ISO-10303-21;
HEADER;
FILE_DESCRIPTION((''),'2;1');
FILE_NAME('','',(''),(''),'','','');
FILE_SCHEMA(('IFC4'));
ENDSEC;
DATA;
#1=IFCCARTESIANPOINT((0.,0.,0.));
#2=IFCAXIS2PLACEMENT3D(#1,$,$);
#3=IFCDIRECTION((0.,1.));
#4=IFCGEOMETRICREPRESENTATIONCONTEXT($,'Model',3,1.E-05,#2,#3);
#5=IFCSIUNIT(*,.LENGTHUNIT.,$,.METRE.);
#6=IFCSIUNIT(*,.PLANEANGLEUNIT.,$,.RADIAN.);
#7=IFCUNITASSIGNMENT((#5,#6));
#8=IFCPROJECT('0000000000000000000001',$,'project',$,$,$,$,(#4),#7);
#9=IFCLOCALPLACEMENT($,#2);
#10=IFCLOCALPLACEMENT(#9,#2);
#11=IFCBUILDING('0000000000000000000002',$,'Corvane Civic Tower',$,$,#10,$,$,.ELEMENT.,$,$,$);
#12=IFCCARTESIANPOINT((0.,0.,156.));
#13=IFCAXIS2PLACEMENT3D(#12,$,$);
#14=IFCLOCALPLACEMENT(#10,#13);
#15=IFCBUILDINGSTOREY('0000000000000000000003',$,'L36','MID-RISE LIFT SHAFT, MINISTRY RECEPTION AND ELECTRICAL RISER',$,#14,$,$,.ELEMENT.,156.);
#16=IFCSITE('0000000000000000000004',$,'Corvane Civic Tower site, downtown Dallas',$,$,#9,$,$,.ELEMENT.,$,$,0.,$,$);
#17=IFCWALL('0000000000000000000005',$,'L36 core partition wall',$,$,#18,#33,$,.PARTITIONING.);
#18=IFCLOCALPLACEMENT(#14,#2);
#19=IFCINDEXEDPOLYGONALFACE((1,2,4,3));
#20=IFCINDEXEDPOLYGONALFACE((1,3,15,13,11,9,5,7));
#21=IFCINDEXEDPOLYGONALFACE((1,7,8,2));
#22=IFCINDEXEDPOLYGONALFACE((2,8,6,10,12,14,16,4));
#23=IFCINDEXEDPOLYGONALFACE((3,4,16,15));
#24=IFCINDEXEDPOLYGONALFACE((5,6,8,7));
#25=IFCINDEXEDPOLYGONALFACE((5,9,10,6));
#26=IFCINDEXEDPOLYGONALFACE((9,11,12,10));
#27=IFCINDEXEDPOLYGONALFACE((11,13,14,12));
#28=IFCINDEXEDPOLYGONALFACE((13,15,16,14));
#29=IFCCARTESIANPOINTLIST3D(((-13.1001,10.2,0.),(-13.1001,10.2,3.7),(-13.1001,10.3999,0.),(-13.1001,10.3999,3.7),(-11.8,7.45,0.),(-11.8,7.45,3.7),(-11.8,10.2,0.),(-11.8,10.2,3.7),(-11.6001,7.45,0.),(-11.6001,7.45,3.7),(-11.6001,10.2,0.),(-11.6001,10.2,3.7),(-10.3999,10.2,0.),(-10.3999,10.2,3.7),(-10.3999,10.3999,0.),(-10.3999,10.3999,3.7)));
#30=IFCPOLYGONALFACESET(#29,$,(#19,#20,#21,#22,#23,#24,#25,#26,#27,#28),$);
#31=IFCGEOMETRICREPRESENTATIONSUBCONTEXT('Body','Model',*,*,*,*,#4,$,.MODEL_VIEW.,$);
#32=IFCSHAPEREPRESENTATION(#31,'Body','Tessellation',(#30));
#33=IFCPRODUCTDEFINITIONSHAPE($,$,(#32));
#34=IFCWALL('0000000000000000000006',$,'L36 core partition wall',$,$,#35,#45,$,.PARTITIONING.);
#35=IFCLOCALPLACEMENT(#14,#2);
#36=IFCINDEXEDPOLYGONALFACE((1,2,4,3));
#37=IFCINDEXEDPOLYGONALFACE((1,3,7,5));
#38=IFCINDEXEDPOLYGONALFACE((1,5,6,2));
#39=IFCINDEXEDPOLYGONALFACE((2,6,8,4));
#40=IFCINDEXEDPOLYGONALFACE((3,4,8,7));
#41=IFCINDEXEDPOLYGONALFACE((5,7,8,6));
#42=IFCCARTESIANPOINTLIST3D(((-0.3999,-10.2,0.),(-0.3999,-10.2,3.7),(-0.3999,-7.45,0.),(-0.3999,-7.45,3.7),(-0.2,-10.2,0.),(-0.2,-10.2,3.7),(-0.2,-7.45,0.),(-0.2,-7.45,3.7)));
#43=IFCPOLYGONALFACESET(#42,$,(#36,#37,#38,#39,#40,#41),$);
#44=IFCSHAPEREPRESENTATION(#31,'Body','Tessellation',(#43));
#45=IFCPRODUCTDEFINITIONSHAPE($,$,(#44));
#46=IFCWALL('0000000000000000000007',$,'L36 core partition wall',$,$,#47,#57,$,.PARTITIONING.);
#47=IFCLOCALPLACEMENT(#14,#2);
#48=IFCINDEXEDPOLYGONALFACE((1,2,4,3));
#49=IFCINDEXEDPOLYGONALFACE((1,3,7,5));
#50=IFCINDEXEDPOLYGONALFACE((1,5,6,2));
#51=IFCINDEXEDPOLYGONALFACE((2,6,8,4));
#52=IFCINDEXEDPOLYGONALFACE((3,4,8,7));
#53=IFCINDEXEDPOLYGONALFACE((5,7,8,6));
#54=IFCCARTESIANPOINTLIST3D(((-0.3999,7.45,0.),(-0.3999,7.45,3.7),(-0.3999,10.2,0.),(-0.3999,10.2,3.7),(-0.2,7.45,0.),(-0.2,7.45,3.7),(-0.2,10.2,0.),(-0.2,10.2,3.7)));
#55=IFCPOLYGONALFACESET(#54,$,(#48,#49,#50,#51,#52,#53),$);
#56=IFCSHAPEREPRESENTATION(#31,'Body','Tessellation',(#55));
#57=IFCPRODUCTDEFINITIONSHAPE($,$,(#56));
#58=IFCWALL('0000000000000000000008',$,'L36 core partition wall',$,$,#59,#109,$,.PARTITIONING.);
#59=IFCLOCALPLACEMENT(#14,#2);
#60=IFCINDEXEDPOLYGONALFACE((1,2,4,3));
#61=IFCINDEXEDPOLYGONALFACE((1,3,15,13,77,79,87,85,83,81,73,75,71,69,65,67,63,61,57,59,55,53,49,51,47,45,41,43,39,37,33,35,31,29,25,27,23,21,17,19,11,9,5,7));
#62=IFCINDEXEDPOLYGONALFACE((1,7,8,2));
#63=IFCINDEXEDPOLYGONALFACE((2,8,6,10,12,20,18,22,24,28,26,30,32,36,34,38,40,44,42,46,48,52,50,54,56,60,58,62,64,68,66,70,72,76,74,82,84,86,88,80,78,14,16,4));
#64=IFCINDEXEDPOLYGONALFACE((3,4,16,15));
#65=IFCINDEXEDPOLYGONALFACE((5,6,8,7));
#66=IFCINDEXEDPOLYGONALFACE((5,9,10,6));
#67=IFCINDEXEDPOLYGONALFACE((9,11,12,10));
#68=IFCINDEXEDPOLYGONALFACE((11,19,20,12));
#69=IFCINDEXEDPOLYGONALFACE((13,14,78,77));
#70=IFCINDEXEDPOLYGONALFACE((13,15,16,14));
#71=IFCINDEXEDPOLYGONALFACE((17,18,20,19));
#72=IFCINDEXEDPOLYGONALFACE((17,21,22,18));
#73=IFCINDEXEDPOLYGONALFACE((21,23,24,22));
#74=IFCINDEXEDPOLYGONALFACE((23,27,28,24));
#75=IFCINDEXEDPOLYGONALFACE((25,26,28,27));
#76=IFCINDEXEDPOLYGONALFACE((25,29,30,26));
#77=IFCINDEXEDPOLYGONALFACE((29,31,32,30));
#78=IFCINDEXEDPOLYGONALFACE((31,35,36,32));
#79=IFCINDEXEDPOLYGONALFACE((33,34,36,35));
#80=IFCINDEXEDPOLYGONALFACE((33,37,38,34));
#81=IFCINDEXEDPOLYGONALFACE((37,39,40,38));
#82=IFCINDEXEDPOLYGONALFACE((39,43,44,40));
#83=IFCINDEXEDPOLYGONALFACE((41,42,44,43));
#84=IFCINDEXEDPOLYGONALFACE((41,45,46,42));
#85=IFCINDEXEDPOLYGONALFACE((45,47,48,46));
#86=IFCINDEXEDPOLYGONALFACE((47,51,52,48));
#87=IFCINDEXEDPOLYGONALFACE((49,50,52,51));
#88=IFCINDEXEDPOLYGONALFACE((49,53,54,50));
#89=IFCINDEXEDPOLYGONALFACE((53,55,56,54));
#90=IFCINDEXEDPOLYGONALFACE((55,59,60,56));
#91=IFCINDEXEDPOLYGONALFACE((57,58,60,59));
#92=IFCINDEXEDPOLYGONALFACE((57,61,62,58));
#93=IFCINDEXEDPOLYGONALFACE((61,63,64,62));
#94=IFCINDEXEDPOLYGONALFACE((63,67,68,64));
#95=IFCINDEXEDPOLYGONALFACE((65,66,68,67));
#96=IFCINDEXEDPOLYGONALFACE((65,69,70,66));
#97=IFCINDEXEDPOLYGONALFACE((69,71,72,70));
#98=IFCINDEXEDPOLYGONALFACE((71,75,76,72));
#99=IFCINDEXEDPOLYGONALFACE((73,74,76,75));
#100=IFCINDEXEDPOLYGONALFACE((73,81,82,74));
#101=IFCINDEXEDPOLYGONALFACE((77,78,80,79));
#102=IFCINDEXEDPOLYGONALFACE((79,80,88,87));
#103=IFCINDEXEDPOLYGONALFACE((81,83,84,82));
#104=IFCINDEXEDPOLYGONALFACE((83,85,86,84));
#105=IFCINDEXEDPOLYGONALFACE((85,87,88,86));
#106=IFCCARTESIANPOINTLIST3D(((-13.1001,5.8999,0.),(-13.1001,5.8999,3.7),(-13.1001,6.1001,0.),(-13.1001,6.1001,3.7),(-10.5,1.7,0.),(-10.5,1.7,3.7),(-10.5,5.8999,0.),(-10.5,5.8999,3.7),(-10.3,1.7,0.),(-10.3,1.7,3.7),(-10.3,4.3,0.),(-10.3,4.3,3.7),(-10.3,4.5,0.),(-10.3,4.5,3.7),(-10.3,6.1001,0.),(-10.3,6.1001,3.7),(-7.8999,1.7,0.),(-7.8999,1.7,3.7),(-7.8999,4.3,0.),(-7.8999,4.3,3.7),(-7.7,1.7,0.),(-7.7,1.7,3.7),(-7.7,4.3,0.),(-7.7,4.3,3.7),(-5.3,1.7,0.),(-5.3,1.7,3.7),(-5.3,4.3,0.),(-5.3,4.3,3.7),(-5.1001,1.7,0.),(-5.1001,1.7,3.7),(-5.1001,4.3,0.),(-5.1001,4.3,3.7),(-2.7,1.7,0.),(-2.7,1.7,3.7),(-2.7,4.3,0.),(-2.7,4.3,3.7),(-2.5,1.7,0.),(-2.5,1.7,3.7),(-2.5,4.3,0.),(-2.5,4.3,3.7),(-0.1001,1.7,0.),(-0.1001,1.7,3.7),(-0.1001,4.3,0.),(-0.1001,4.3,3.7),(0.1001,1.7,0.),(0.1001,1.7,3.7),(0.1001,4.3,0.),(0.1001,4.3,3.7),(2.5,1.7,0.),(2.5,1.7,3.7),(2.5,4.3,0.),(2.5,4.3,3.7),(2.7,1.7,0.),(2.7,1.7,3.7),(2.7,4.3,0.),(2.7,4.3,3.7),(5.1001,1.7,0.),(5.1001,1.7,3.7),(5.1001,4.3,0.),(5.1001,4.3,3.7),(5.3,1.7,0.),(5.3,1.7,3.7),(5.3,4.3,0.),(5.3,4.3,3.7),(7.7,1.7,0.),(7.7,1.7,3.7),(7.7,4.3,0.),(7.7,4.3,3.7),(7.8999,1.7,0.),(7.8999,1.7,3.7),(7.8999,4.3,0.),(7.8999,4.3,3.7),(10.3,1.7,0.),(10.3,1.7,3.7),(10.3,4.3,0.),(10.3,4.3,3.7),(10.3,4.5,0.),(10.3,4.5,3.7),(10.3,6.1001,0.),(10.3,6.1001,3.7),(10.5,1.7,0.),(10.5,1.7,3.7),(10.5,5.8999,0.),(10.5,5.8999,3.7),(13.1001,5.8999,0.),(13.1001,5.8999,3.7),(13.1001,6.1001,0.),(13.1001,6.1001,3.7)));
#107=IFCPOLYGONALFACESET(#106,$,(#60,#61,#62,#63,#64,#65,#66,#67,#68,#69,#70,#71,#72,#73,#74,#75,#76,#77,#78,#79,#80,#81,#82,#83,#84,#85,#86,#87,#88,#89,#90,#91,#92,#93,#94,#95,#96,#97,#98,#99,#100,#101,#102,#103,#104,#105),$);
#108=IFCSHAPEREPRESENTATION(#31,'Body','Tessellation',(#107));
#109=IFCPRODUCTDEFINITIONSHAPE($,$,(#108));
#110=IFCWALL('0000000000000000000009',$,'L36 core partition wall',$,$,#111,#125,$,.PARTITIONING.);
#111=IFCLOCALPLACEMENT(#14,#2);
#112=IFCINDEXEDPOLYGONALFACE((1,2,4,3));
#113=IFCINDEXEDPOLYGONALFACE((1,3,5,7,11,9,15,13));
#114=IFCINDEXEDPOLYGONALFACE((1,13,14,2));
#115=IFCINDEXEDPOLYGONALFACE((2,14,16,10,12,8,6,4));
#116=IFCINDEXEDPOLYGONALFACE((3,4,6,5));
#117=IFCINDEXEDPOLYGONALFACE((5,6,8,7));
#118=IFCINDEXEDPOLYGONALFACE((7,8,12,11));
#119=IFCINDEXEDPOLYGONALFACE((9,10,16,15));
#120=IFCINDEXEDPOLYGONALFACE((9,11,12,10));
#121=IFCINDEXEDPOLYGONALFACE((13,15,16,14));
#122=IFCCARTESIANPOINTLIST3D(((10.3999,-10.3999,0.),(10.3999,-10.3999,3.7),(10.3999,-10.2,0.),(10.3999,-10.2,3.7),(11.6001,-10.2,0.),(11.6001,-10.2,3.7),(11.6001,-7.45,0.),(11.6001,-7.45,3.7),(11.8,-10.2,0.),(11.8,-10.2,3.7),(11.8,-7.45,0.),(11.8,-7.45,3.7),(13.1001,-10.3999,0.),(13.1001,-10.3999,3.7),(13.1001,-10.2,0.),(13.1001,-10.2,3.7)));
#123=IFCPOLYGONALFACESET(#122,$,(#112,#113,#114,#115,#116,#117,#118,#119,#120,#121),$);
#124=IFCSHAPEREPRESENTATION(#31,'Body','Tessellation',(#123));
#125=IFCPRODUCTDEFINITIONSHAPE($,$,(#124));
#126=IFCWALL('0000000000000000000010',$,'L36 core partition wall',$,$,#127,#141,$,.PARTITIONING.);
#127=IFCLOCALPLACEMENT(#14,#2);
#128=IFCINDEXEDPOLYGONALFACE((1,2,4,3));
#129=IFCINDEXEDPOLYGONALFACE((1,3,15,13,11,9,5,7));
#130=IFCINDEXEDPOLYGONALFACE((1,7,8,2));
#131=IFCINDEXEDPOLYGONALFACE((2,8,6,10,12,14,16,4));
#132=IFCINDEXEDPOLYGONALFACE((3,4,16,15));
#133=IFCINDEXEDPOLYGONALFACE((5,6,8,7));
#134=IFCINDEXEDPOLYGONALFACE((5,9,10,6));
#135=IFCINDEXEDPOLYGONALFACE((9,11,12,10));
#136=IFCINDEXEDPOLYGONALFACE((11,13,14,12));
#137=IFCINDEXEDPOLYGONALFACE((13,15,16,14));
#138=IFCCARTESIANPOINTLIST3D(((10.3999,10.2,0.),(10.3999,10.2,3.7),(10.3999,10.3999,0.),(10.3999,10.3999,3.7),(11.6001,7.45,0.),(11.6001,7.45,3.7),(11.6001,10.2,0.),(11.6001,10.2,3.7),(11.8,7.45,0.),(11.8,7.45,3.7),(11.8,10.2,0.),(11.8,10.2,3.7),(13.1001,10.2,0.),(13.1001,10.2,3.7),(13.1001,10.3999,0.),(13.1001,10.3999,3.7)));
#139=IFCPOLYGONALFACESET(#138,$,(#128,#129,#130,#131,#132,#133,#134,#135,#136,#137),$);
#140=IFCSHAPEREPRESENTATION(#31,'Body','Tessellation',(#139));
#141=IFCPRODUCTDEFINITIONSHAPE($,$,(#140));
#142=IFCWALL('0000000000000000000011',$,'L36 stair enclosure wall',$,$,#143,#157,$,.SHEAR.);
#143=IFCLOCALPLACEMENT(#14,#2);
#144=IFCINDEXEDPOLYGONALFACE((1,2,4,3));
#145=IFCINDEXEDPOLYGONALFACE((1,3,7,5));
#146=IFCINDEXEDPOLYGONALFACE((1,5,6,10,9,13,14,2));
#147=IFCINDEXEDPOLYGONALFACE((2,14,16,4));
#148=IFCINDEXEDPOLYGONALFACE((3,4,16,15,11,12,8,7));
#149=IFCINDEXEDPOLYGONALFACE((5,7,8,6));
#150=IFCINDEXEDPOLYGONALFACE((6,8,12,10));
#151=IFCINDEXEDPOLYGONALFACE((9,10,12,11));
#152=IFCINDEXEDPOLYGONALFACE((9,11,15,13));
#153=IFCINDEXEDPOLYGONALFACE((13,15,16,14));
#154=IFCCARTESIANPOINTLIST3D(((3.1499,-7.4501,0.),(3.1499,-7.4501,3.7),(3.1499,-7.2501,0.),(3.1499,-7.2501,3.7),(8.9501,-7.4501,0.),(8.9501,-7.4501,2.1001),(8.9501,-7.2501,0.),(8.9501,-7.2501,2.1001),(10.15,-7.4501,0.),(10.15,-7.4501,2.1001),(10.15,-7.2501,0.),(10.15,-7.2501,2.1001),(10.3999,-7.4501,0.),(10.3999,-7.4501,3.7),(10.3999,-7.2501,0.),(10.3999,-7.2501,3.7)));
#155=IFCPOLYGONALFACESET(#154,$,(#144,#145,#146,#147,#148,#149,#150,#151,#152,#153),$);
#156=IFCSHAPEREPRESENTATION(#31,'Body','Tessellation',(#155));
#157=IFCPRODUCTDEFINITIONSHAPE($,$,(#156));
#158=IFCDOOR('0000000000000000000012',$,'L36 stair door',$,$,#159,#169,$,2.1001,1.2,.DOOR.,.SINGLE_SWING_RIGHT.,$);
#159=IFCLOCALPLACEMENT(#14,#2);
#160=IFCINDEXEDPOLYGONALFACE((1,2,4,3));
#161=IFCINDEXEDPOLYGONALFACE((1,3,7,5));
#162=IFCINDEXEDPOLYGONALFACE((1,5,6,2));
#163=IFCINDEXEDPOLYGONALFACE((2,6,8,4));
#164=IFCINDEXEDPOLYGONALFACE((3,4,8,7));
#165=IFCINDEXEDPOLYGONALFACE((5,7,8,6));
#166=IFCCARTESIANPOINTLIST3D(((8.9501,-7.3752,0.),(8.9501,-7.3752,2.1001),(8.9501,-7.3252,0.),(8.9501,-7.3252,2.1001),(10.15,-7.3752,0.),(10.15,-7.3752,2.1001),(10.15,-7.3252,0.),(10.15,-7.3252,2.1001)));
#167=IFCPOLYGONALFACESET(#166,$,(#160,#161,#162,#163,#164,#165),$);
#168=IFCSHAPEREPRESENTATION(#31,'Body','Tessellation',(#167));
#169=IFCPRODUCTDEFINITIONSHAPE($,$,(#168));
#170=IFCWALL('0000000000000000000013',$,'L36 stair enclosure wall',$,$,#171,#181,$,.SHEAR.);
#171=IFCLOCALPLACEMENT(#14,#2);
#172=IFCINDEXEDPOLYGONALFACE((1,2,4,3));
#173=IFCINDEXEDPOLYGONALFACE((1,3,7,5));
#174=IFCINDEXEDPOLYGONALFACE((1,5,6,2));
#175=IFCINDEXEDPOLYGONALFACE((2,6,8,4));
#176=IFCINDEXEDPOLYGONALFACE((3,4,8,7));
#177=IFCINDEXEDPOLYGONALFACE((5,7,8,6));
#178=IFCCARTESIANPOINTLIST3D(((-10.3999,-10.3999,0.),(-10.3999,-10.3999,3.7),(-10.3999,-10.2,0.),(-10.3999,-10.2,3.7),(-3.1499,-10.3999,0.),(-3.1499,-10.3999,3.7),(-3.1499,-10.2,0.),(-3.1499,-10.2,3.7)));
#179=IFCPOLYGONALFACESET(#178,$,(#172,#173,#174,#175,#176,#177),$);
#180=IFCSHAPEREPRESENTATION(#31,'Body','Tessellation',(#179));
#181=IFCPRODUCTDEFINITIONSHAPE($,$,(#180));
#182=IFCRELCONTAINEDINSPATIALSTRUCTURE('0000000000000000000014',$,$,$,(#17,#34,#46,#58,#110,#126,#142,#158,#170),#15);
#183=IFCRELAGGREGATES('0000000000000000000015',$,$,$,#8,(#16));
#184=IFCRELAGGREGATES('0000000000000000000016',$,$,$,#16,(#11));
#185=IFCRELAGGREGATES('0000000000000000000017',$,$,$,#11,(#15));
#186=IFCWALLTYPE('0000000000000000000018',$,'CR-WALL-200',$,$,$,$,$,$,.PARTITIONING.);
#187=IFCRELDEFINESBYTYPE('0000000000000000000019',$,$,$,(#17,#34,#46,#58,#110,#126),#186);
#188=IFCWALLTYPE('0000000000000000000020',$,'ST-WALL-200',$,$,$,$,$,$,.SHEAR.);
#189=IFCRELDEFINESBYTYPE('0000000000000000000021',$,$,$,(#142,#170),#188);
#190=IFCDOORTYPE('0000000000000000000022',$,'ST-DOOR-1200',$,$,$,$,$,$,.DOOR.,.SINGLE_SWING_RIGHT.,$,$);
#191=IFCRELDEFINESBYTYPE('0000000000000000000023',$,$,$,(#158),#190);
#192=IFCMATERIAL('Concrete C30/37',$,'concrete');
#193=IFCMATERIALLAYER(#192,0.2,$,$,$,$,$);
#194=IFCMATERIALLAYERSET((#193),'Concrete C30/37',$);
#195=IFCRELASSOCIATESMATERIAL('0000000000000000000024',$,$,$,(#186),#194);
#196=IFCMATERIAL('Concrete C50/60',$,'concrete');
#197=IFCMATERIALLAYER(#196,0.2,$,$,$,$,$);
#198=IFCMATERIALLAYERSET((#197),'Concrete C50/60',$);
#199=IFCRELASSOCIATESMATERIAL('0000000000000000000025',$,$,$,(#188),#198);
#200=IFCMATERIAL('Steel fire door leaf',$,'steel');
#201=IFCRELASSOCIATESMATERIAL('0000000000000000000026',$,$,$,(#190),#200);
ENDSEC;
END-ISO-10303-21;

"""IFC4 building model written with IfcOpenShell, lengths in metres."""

from ifc_helpers import new_model, si_unit, direction, frame, frame_2d, origin, place, context, subcontext, project, spatial, polyline, rectangle, outline, extrude, material, layer, layer_set, type_object, element, fill, save


model = new_model("IFC4")

# Units and contexts
model_context = context("Model", 3, precision=1e-05, world=origin(), true_north=direction((0.0, 1.0)))
body_context = subcontext(model_context, "Body", "Model", "MODEL_VIEW")
ifc_project = project(units=[si_unit("LENGTHUNIT", "METRE"), si_unit("PLANEANGLEUNIT", "RADIAN")], contexts=[model_context])

# Site, building, storey
site_placement = place(None, origin())
site = spatial("IfcSite", under=ifc_project, at=site_placement, Name="Corvane Civic Tower site, downtown Dallas", CompositionType="ELEMENT", RefElevation=0.0)
building_placement = place(site_placement, origin())
building = spatial("IfcBuilding", under=site, at=building_placement, Name="Corvane Civic Tower", CompositionType="ELEMENT")
storey_placement = place(building_placement, frame((0.0, 0.0, 156.0)))
storey = spatial("IfcBuildingStorey", under=building, at=storey_placement, Name="L36", Description="MID-RISE LIFT SHAFT, MINISTRY RECEPTION AND ELECTRICAL RISER", CompositionType="ELEMENT", Elevation=156.0)

# Shared definitions
ifc_material_1 = material(Name="Concrete C30/37", Category="concrete")
ifc_layer_1 = layer(ifc_material_1, 0.2)
ifc_layer_set_1 = layer_set([ifc_layer_1], Name="Concrete C30/37")
wall_type_1 = type_object("IfcWallType", Name="CR-WALL-200", PredefinedType="PARTITIONING", material=ifc_layer_set_1)

# Walls
wall_1_placement = place(storey_placement, origin())
element("IfcWall", 1, at=wall_1_placement, inside=storey, type_object=wall_type_1, Name="L36 core partition wall", PredefinedType="PARTITIONING", context=body_context, shape_type="SweptSolid", body=[
    extrude(outline(polyline([(-13.1001, 10.3999), (-10.3999, 10.3999), (-10.3999, 10.2), (-11.6001, 10.2), (-11.6001, 7.45), (-11.8, 7.45), (-11.8, 10.2), (-13.1001, 10.2), (-13.1001, 10.3999)])), origin(), (0.0, 0.0, 1.0), 3.7),
])
wall_2_placement = place(storey_placement, origin())
element("IfcWall", 2, at=wall_2_placement, inside=storey, type_object=wall_type_1, Name="L36 core partition wall", PredefinedType="PARTITIONING", context=body_context, shape_type="SweptSolid", body=[
    extrude(outline(polyline([(-0.2, -10.2), (-0.3999, -10.2), (-0.3999, -7.45), (-0.2, -7.45), (-0.2, -10.2)])), origin(), (0.0, 0.0, 1.0), 3.7),
])
wall_3_placement = place(storey_placement, origin())
element("IfcWall", 3, at=wall_3_placement, inside=storey, type_object=wall_type_1, Name="L36 core partition wall", PredefinedType="PARTITIONING", context=body_context, shape_type="SweptSolid", body=[
    extrude(outline(polyline([(-0.2, 7.45), (-0.3999, 7.45), (-0.3999, 10.2), (-0.2, 10.2), (-0.2, 7.45)])), origin(), (0.0, 0.0, 1.0), 3.7),
])
wall_4_placement = place(storey_placement, origin())
element("IfcWall", 4, at=wall_4_placement, inside=storey, type_object=wall_type_1, Name="L36 core partition wall", PredefinedType="PARTITIONING", context=body_context, shape_type="SweptSolid", body=[
    extrude(outline(polyline([(-10.3, 1.7), (-10.5, 1.7), (-10.5, 5.8999), (-13.1001, 5.8999), (-13.1001, 6.1001), (-10.3, 6.1001), (-10.3, 4.5), (10.3, 4.5), (10.3, 6.1001), (13.1001, 6.1001), (13.1001, 5.8999), (10.5, 5.8999), (10.5, 1.7), (10.3, 1.7), (10.3, 4.3), (7.8999, 4.3), (7.8999, 1.7), (7.7, 1.7), (7.7, 4.3), (5.3, 4.3), (5.3, 1.7), (5.1001, 1.7), (5.1001, 4.3), (2.7, 4.3), (2.7, 1.7), (2.5, 1.7), (2.5, 4.3), (0.1001, 4.3), (0.1001, 1.7), (-0.1001, 1.7), (-0.1001, 4.3), (-2.5, 4.3), (-2.5, 1.7), (-2.7, 1.7), (-2.7, 4.3), (-5.1001, 4.3), (-5.1001, 1.7), (-5.3, 1.7), (-5.3, 4.3), (-7.7, 4.3), (-7.7, 1.7), (-7.8999, 1.7), (-7.8999, 4.3), (-10.3, 4.3), (-10.3, 1.7)])), origin(), (0.0, 0.0, 1.0), 3.7),
])
wall_5_placement = place(storey_placement, origin())
element("IfcWall", 5, at=wall_5_placement, inside=storey, type_object=wall_type_1, Name="L36 core partition wall", PredefinedType="PARTITIONING", context=body_context, shape_type="SweptSolid", body=[
    extrude(outline(polyline([(11.8, -7.45), (11.8, -10.2), (13.1001, -10.2), (13.1001, -10.3999), (10.3999, -10.3999), (10.3999, -10.2), (11.6001, -10.2), (11.6001, -7.45), (11.8, -7.45)])), origin(), (0.0, 0.0, 1.0), 3.7),
])
wall_6_placement = place(storey_placement, origin())
element("IfcWall", 6, at=wall_6_placement, inside=storey, type_object=wall_type_1, Name="L36 core partition wall", PredefinedType="PARTITIONING", context=body_context, shape_type="SweptSolid", body=[
    extrude(outline(polyline([(13.1001, 10.3999), (13.1001, 10.2), (11.8, 10.2), (11.8, 7.45), (11.6001, 7.45), (11.6001, 10.2), (10.3999, 10.2), (10.3999, 10.3999), (13.1001, 10.3999)])), origin(), (0.0, 0.0, 1.0), 3.7),
])

# Wall, opening, door
ifc_material_2 = material(Name="Concrete C50/60", Category="concrete")
ifc_layer_2 = layer(ifc_material_2, 0.2)
ifc_layer_set_2 = layer_set([ifc_layer_2], Name="Concrete C50/60")
wall_type_2 = type_object("IfcWallType", Name="ST-WALL-200", PredefinedType="SHEAR", material=ifc_layer_set_2)
wall_7_placement = place(storey_placement, frame((3.1499, -7.3501, 0.0), z_axis=(0.0, 0.0, 1.0), x_axis=(1.0, 0.0, 0.0)))
wall_7 = element("IfcWall", 7, at=wall_7_placement, inside=storey, type_object=wall_type_2, Name="L36 stair enclosure wall", PredefinedType="SHEAR", context=body_context, shape_type="SweptSolid", body=[
    extrude(rectangle(XDim=7.25, YDim=0.2, at=frame_2d((3.625, 0.0))), origin(), (0.0, 0.0, 1.0), 3.7),
])
opening_1_placement = place(wall_7_placement, frame((5.8, 0.0, 0.0)))
opening_1 = element("IfcOpeningElement", 8, at=opening_1_placement, cuts=wall_7, PredefinedType="OPENING", context=body_context, shape_type="SweptSolid", body=[
    extrude(rectangle(XDim=1.2, YDim=2.1001, at=frame_2d((0.6001, 1.05))), frame((0.0, 0.1099, 0.0), z_axis=(0.0, -1.0, 0.0), x_axis=(1.0, 0.0, 0.0)), (0.0, 0.0, 1.0), 0.22),
])
ifc_material_3 = material(Name="Steel fire door leaf", Category="steel")
door_type_1 = type_object("IfcDoorType", Name="ST-DOOR-1200", OperationType="SINGLE_SWING_RIGHT", PredefinedType="DOOR", material=ifc_material_3)
door_1_placement = place(opening_1_placement, origin())
door_1 = element("IfcDoor", 9, at=door_1_placement, inside=storey, type_object=door_type_1, Name="L36 stair door", OperationType="SINGLE_SWING_RIGHT", OverallHeight=2.1001, OverallWidth=1.2, PredefinedType="DOOR", context=body_context, shape_type="SweptSolid", body=[
    extrude(rectangle(XDim=1.2, YDim=2.1001, at=frame_2d((0.6001, 1.05))), frame((0.0, 0.0249, 0.0), z_axis=(0.0, -1.0, 0.0), x_axis=(1.0, 0.0, 0.0)), (0.0, 0.0, 1.0), 0.05),
])
fill(opening_1, door_1)

# Wall
wall_8_placement = place(storey_placement, origin())
element("IfcWall", 10, at=wall_8_placement, inside=storey, type_object=wall_type_2, Name="L36 stair enclosure wall", PredefinedType="SHEAR", context=body_context, shape_type="SweptSolid", body=[
    extrude(outline(polyline([(-3.1499, -10.2), (-3.1499, -10.3999), (-10.3999, -10.3999), (-10.3999, -10.2), (-3.1499, -10.2)])), origin(), (0.0, 0.0, 1.0), 3.7),
])

save(model, "model.ifc")
